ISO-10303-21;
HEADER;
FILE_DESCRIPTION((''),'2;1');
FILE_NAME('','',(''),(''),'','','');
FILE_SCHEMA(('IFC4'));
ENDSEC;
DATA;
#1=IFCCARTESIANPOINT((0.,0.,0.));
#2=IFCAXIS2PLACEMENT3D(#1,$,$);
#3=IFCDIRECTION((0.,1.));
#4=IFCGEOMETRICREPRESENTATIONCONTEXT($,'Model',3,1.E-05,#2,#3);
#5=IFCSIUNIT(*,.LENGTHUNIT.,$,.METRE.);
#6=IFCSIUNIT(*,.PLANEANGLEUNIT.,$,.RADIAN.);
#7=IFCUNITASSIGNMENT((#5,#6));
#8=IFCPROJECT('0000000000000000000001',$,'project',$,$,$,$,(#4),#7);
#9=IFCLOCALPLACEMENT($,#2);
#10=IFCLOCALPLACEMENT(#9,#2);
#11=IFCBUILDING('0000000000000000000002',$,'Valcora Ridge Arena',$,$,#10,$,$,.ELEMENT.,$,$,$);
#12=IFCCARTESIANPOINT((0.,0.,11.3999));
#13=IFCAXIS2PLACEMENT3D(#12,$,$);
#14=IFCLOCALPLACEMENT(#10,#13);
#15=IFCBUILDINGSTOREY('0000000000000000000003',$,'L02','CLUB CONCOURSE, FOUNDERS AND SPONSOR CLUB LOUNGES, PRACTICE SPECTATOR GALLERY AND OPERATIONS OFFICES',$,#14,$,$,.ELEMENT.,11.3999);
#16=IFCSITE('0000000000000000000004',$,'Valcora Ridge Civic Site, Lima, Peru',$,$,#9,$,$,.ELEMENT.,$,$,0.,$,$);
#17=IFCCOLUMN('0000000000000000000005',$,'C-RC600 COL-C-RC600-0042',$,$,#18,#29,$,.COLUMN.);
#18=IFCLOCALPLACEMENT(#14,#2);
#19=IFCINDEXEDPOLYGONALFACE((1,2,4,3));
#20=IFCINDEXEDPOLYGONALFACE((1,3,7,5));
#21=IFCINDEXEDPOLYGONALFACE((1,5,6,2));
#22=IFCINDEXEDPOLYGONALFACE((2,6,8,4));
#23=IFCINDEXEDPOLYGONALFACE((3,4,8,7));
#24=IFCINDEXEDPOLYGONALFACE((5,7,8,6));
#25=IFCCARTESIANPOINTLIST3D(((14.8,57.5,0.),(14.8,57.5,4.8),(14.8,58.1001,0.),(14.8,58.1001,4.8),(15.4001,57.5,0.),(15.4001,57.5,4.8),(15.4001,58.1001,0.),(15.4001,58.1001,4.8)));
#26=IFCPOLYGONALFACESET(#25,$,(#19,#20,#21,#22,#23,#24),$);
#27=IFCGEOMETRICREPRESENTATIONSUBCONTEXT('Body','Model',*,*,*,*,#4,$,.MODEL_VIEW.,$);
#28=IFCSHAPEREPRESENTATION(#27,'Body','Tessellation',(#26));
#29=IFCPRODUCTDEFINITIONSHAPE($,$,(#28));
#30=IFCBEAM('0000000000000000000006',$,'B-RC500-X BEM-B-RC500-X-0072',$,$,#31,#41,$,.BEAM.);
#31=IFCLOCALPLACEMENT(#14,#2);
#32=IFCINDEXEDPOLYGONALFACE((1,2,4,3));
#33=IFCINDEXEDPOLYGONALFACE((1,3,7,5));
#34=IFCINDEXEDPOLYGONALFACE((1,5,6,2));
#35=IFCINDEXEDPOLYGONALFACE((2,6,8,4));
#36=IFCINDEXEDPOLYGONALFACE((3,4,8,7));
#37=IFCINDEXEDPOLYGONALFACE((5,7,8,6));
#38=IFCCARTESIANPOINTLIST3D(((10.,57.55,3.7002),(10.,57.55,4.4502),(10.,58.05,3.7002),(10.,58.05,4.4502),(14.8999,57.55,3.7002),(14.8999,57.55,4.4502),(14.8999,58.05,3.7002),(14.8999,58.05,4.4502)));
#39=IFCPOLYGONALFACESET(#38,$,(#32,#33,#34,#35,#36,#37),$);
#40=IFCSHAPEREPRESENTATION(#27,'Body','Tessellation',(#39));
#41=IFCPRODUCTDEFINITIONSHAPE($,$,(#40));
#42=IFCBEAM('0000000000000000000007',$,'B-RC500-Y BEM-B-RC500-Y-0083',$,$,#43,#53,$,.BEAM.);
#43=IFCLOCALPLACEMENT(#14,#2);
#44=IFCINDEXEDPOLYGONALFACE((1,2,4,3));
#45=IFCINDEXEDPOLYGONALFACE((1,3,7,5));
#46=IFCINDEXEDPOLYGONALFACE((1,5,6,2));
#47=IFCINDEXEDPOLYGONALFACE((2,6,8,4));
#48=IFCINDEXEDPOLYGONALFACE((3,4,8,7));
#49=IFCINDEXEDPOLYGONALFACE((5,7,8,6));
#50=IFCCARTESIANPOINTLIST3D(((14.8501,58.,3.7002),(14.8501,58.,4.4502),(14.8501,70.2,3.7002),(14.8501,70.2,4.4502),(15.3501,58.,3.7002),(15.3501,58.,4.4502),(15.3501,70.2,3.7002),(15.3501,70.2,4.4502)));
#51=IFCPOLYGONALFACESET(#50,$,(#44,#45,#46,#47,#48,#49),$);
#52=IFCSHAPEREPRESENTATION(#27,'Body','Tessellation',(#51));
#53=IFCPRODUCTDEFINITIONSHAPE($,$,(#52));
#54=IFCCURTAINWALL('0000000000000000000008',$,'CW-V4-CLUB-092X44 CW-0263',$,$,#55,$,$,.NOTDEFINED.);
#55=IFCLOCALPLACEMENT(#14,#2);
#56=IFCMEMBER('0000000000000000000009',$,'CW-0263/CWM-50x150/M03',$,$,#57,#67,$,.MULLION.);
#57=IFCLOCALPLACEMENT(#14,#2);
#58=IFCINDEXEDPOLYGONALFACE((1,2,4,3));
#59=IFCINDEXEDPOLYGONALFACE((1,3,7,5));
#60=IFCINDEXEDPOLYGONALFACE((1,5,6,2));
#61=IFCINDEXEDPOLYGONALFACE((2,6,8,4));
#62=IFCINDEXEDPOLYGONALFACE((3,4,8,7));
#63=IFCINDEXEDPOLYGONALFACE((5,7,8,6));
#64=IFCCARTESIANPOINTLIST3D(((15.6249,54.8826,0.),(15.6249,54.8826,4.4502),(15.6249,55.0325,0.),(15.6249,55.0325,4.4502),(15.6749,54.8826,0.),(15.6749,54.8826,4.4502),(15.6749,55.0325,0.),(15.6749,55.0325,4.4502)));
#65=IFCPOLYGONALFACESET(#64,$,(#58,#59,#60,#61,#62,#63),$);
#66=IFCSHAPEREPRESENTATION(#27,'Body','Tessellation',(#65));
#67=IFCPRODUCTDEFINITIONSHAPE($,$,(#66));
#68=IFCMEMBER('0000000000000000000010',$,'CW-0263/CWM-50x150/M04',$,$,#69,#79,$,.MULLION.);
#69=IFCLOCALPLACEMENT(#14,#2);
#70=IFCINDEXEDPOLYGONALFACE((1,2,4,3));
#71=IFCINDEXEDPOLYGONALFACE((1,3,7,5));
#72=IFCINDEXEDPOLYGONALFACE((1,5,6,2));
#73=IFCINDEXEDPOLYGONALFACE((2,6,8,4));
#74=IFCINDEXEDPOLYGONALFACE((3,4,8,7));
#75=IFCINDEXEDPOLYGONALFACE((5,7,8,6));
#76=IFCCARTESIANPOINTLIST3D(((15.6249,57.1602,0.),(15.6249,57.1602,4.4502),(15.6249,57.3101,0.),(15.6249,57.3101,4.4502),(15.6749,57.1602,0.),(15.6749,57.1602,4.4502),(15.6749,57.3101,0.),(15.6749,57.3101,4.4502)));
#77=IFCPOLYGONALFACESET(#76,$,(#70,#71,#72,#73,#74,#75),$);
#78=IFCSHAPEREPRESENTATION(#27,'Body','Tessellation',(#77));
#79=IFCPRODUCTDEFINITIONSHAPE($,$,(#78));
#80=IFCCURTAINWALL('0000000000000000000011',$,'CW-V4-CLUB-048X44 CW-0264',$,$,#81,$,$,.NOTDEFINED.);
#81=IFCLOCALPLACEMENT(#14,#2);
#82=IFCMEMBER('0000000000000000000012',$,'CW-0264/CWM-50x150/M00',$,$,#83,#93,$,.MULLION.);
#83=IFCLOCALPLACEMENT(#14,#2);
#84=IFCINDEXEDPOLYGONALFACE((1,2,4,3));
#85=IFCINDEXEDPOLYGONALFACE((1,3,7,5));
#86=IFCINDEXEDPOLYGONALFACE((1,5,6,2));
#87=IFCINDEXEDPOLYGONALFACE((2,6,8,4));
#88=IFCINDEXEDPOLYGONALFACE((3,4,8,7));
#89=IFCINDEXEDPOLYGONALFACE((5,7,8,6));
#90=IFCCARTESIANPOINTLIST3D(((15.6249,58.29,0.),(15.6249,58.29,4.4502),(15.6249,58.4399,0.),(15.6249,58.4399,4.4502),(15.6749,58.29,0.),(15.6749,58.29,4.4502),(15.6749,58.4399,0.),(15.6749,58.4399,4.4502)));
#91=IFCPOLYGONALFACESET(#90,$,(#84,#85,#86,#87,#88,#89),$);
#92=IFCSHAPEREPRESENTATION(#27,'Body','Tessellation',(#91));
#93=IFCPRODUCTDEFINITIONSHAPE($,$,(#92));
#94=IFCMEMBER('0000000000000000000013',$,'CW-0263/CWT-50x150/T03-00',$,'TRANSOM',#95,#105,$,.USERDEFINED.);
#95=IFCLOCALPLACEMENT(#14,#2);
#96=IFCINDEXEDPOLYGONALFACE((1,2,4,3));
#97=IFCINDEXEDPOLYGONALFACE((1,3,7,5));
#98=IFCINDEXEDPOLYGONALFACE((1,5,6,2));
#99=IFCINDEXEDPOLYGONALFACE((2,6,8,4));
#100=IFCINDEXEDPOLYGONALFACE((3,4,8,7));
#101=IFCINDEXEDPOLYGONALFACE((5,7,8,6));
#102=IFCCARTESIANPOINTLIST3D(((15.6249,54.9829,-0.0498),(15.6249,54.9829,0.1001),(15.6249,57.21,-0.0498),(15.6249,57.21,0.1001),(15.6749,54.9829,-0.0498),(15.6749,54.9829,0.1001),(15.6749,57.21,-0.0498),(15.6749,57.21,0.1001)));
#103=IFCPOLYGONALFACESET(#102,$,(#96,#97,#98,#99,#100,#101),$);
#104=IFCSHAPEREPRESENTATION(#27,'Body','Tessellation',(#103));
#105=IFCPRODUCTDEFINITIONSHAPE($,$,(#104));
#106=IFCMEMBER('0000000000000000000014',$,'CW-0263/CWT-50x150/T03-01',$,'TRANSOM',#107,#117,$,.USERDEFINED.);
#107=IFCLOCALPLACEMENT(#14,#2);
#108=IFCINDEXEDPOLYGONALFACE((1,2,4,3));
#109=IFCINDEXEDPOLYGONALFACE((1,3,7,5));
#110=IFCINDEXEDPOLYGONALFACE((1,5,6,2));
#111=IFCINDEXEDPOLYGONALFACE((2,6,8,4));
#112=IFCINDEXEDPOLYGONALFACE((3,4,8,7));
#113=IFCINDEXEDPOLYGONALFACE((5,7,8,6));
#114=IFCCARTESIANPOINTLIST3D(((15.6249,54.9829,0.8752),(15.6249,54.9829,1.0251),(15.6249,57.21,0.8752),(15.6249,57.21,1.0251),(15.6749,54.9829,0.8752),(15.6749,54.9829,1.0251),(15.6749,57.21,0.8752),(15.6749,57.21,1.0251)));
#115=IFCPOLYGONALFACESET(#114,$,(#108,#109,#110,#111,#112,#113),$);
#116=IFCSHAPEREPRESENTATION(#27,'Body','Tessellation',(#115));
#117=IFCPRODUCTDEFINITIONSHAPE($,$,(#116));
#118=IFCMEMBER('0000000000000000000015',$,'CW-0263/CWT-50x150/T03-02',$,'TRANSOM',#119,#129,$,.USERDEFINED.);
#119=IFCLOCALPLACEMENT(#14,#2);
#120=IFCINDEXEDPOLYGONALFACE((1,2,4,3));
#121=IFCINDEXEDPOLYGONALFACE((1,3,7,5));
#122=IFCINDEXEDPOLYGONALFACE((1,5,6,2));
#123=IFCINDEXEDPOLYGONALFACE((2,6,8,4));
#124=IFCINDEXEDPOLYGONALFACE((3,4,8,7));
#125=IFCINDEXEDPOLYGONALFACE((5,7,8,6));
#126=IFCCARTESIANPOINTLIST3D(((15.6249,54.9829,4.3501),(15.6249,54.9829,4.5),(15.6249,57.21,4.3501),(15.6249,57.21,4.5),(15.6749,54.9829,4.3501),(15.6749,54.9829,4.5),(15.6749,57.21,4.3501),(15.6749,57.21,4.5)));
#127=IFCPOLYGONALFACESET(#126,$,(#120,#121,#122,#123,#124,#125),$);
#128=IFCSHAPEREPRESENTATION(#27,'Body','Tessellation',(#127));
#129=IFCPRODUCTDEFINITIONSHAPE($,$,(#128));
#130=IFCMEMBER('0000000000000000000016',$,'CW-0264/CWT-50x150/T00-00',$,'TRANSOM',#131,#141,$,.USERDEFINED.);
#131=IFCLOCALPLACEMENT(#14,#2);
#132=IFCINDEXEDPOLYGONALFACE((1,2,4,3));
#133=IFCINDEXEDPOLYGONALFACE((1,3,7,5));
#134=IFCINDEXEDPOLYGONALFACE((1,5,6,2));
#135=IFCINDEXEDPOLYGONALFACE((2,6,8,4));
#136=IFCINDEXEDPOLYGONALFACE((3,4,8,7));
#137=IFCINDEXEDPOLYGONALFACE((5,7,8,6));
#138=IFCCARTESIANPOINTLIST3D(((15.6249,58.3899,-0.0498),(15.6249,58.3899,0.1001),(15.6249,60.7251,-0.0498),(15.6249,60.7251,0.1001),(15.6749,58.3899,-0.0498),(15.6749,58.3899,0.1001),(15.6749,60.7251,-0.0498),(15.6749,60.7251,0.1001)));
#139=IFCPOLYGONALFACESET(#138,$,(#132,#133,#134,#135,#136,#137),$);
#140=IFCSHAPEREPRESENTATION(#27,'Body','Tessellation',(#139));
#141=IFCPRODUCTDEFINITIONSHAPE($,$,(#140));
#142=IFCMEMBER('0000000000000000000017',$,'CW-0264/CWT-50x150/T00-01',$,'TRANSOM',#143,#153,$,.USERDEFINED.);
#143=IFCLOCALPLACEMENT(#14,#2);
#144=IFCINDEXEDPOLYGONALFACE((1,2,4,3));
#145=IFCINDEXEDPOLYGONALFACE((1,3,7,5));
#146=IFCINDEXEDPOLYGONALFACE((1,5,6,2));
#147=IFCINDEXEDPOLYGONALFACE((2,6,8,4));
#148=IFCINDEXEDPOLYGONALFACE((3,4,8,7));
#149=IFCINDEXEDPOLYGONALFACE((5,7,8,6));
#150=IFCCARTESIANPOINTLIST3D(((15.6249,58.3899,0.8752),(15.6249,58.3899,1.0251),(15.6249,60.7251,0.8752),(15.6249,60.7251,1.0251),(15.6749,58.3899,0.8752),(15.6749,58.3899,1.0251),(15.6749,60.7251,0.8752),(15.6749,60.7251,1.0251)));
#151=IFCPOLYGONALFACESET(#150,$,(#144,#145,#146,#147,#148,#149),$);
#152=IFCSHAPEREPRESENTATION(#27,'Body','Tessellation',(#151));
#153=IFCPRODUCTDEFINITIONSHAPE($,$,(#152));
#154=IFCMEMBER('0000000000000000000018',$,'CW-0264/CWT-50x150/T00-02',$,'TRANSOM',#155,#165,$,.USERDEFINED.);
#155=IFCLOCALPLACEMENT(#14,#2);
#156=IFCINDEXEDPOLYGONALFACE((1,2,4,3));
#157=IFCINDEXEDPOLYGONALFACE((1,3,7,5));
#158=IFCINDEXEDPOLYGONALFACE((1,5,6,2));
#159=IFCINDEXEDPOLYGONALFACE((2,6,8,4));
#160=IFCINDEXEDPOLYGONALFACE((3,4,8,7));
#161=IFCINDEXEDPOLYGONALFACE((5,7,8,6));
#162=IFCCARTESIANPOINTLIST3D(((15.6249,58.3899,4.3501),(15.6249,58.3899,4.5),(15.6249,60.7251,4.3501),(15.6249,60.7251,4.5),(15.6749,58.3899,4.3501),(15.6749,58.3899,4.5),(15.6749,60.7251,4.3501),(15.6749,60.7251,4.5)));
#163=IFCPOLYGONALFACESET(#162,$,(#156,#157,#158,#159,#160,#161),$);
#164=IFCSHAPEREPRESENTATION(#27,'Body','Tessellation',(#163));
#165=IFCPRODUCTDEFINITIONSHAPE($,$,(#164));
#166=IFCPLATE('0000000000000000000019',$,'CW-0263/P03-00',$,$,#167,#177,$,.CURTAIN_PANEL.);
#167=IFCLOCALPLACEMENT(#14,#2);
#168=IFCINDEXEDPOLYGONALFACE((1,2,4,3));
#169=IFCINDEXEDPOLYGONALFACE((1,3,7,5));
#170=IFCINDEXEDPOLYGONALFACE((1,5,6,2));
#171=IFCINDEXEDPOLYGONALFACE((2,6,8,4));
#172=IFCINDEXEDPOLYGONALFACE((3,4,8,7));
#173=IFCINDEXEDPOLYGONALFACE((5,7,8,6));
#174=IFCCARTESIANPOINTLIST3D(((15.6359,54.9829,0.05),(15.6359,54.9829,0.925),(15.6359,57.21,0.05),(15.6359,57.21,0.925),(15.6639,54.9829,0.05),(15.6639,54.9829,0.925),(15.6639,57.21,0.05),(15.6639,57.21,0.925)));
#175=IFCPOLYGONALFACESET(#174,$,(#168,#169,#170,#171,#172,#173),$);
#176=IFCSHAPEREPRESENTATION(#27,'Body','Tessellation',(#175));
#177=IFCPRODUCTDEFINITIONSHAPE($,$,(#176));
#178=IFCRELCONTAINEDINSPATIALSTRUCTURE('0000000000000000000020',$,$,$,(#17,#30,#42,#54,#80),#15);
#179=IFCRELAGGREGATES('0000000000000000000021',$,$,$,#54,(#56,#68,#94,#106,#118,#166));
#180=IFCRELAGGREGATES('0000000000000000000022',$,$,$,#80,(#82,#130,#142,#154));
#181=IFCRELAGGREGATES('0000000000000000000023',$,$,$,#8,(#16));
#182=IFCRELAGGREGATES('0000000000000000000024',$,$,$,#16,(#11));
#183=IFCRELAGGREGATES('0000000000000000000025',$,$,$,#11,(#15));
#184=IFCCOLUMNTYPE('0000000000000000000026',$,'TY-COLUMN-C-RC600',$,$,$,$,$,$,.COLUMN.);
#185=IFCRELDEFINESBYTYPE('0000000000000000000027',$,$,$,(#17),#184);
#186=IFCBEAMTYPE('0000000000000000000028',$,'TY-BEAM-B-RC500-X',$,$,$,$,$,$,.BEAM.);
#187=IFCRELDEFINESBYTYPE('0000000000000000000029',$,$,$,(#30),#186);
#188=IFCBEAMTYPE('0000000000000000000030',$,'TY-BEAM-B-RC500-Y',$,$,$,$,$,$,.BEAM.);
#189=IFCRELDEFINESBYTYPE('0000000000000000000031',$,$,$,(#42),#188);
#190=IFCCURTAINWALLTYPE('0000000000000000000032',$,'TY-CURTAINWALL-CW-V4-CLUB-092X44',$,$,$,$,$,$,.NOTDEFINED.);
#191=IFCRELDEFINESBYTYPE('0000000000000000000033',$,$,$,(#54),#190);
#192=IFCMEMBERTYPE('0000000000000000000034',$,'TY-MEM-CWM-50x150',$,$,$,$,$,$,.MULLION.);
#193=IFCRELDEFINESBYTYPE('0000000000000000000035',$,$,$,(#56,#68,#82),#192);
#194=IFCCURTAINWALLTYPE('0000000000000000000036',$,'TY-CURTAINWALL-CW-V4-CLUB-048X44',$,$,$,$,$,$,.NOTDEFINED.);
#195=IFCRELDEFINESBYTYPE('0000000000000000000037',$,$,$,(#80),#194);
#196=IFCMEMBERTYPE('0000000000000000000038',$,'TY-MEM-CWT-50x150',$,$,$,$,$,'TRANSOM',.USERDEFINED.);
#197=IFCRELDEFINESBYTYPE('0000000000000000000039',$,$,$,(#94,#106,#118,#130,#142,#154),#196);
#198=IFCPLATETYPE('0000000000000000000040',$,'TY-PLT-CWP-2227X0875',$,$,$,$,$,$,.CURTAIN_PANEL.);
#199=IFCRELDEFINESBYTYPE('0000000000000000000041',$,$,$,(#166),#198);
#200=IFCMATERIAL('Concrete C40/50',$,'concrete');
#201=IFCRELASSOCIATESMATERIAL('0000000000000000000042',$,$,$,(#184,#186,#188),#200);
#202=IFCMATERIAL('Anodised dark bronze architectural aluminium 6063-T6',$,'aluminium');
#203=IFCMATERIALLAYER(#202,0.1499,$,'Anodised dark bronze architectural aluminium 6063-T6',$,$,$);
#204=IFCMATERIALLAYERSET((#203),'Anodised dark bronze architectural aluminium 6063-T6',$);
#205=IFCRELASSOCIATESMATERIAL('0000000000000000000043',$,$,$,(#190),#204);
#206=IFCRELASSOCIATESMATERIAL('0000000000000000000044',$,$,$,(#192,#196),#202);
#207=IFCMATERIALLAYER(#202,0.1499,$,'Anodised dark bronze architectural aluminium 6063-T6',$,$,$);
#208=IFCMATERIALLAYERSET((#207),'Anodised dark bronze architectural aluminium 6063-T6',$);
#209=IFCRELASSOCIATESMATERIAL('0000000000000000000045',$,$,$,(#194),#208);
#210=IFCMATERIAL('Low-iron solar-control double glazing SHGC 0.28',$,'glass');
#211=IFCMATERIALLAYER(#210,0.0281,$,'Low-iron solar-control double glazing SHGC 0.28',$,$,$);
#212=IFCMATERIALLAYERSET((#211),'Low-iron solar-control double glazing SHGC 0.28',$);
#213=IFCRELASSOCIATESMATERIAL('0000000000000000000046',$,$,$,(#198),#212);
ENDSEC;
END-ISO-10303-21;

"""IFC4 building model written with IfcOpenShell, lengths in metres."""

from ifc_helpers import new_model, si_unit, direction, frame, origin, origin_2d, place, context, subcontext, project, spatial, rectangle, extrude, material, layer, layer_set, material_profile, profile_set, type_object, element, aggregate, save


model = new_model("IFC4")

# Units and contexts
model_context = context("Model", 3, precision=1e-05, world=origin(), true_north=direction((0.0, 1.0)))
body_context = subcontext(model_context, "Body", "Model", "MODEL_VIEW")
ifc_project = project(units=[si_unit("LENGTHUNIT", "METRE"), si_unit("PLANEANGLEUNIT", "RADIAN")], contexts=[model_context])

# Site, building, storey
site_placement = place(None, origin())
site = spatial("IfcSite", under=ifc_project, at=site_placement, Name="Valcora Ridge Civic Site, Lima, Peru", CompositionType="ELEMENT", RefElevation=0.0)
building_placement = place(site_placement, origin())
building = spatial("IfcBuilding", under=site, at=building_placement, Name="Valcora Ridge Arena", CompositionType="ELEMENT")
storey_placement = place(building_placement, frame((0.0, 0.0, 11.3999)))
storey = spatial("IfcBuildingStorey", under=building, at=storey_placement, Name="L02", Description="CLUB CONCOURSE, FOUNDERS AND SPONSOR CLUB LOUNGES, PRACTICE SPECTATOR GALLERY AND OPERATIONS OFFICES", CompositionType="ELEMENT", Elevation=11.3999)

# Column
ifc_material_1 = material(Name="Concrete C40/50", Category="concrete")
ifc_material_profile_1 = material_profile(ifc_material_1, rectangle(XDim=0.6001, YDim=0.6001, at=origin_2d()), Name="RC 600x600")
ifc_profile_set_1 = profile_set([ifc_material_profile_1], Name="Concrete C40/50")
column_type = type_object("IfcColumnType", Name="TY-COLUMN-C-RC600", PredefinedType="COLUMN", material=ifc_profile_set_1)
column_placement = place(storey_placement, frame((15.1001, 57.8, 0.0), z_axis=(0.0, 0.0, 1.0), x_axis=(1.0, 0.0, 0.0)))
element("IfcColumn", 1, at=column_placement, inside=storey, type_object=column_type, Name="C-RC600 COL-C-RC600-0042", PredefinedType="COLUMN", context=body_context, shape_type="SweptSolid", body=[
    extrude(rectangle(XDim=0.6001, YDim=0.6001, at=origin_2d()), origin(), (0.0, 0.0, 1.0), 4.8),
])

# Beams
ifc_material_profile_2 = material_profile(ifc_material_1, rectangle(XDim=0.5, YDim=0.75, at=origin_2d()), Name="RC 500x750")
ifc_profile_set_2 = profile_set([ifc_material_profile_2], Name="Concrete C40/50")
beam_type_1 = type_object("IfcBeamType", Name="TY-BEAM-B-RC500-X", PredefinedType="BEAM", material=ifc_profile_set_2)
beam_1_placement = place(storey_placement, frame((10.0, 57.8, 4.0752), z_axis=(1.0, 0.0, 0.0), x_axis=(0.0, 1.0, 0.0)))
element("IfcBeam", 2, at=beam_1_placement, inside=storey, type_object=beam_type_1, Name="B-RC500-X BEM-B-RC500-X-0072", PredefinedType="BEAM", context=body_context, shape_type="SweptSolid", body=[
    extrude(rectangle(XDim=0.5, YDim=0.75, at=origin_2d()), origin(), (0.0, 0.0, 1.0), 4.8999),
])
ifc_material_profile_3 = material_profile(ifc_material_1, rectangle(XDim=0.5, YDim=0.75, at=origin_2d()), Name="RC 500x750")
ifc_profile_set_3 = profile_set([ifc_material_profile_3], Name="Concrete C40/50")
beam_type_2 = type_object("IfcBeamType", Name="TY-BEAM-B-RC500-Y", PredefinedType="BEAM", material=ifc_profile_set_3)
beam_2_placement = place(storey_placement, frame((15.1001, 58.0, 4.0752), z_axis=(0.0, 1.0, 0.0), x_axis=(-1.0, 0.0, 0.0)))
element("IfcBeam", 3, at=beam_2_placement, inside=storey, type_object=beam_type_2, Name="B-RC500-Y BEM-B-RC500-Y-0083", PredefinedType="BEAM", context=body_context, shape_type="SweptSolid", body=[
    extrude(rectangle(XDim=0.5, YDim=0.75, at=origin_2d()), origin(), (0.0, 0.0, 1.0), 12.2),
])

# Curtain wall, members
ifc_material_2 = material(Name="Anodised dark bronze architectural aluminium 6063-T6", Category="aluminium")
ifc_layer_1 = layer(ifc_material_2, 0.1499, Name="Anodised dark bronze architectural aluminium 6063-T6")
ifc_layer_set_1 = layer_set([ifc_layer_1], Name="Anodised dark bronze architectural aluminium 6063-T6")
curtain_wall_type_1 = type_object("IfcCurtainWallType", Name="TY-CURTAINWALL-CW-V4-CLUB-092X44", PredefinedType="NOTDEFINED", material=ifc_layer_set_1)
curtain_wall_1_placement = place(storey_placement, origin())
curtain_wall_1 = element("IfcCurtainWall", 4, at=curtain_wall_1_placement, inside=storey, type_object=curtain_wall_type_1, Name="CW-V4-CLUB-092X44 CW-0263", PredefinedType="NOTDEFINED")
ifc_material_profile_4 = material_profile(ifc_material_2, rectangle(XDim=0.05, YDim=0.1499, at=origin_2d()), Name="ALU MULLION 50x150")
ifc_profile_set_4 = profile_set([ifc_material_profile_4], Name="Anodised dark bronze architectural aluminium 6063-T6")
member_type_1 = type_object("IfcMemberType", Name="TY-MEM-CWM-50x150", PredefinedType="MULLION", material=ifc_profile_set_4)
member_1_placement = place(storey_placement, frame((15.6499, 54.9575, 0.0), z_axis=(0.0, 0.0, 1.0), x_axis=(-1.0, 0.0, 0.0)))
member_1 = element("IfcMember", 5, at=member_1_placement, type_object=member_type_1, Name="CW-0263/CWM-50x150/M03", PredefinedType="MULLION", context=body_context, shape_type="SweptSolid", body=[
    extrude(rectangle(XDim=0.05, YDim=0.1499, at=origin_2d()), origin(), (0.0, 0.0, 1.0), 4.4502),
])
member_2_placement = place(storey_placement, frame((15.6499, 57.2351, 0.0), z_axis=(0.0, 0.0, 1.0), x_axis=(-1.0, 0.0, 0.0)))
member_2 = element("IfcMember", 6, at=member_2_placement, type_object=member_type_1, Name="CW-0263/CWM-50x150/M04", PredefinedType="MULLION", context=body_context, shape_type="SweptSolid", body=[
    extrude(rectangle(XDim=0.05, YDim=0.1499, at=origin_2d()), origin(), (0.0, 0.0, 1.0), 4.4502),
])

# Curtain wall, member
ifc_layer_2 = layer(ifc_material_2, 0.1499, Name="Anodised dark bronze architectural aluminium 6063-T6")
ifc_layer_set_2 = layer_set([ifc_layer_2], Name="Anodised dark bronze architectural aluminium 6063-T6")
curtain_wall_type_2 = type_object("IfcCurtainWallType", Name="TY-CURTAINWALL-CW-V4-CLUB-048X44", PredefinedType="NOTDEFINED", material=ifc_layer_set_2)
curtain_wall_2_placement = place(storey_placement, origin())
curtain_wall_2 = element("IfcCurtainWall", 7, at=curtain_wall_2_placement, inside=storey, type_object=curtain_wall_type_2, Name="CW-V4-CLUB-048X44 CW-0264", PredefinedType="NOTDEFINED")
member_3_placement = place(storey_placement, frame((15.6499, 58.365, 0.0), z_axis=(0.0, 0.0, 1.0), x_axis=(-1.0, 0.0, 0.0)))
member_3 = element("IfcMember", 8, at=member_3_placement, type_object=member_type_1, Name="CW-0264/CWM-50x150/M00", PredefinedType="MULLION", context=body_context, shape_type="SweptSolid", body=[
    extrude(rectangle(XDim=0.05, YDim=0.1499, at=origin_2d()), origin(), (0.0, 0.0, 1.0), 4.4502),
])

# Members
ifc_material_profile_5 = material_profile(ifc_material_2, rectangle(XDim=0.05, YDim=0.1499, at=origin_2d()), Name="ALU TRANSOM 50x150")
ifc_profile_set_5 = profile_set([ifc_material_profile_5], Name="Anodised dark bronze architectural aluminium 6063-T6")
member_type_2 = type_object("IfcMemberType", Name="TY-MEM-CWT-50x150", ElementType="TRANSOM", PredefinedType="USERDEFINED", material=ifc_profile_set_5)
member_4_placement = place(storey_placement, frame((15.6499, 54.9829, 0.0251), z_axis=(0.0, 1.0, 0.0), x_axis=(-1.0, 0.0, 0.0)))
member_4 = element("IfcMember", 9, at=member_4_placement, type_object=member_type_2, Name="CW-0263/CWT-50x150/T03-00", ObjectType="TRANSOM", PredefinedType="USERDEFINED", context=body_context, shape_type="SweptSolid", body=[
    extrude(rectangle(XDim=0.05, YDim=0.1499, at=origin_2d()), origin(), (0.0, 0.0, 1.0), 2.2271),
])
member_5_placement = place(storey_placement, frame((15.6499, 54.9829, 0.9502), z_axis=(0.0, 1.0, 0.0), x_axis=(-1.0, 0.0, 0.0)))
member_5 = element("IfcMember", 10, at=member_5_placement, type_object=member_type_2, Name="CW-0263/CWT-50x150/T03-01", ObjectType="TRANSOM", PredefinedType="USERDEFINED", context=body_context, shape_type="SweptSolid", body=[
    extrude(rectangle(XDim=0.05, YDim=0.1499, at=origin_2d()), origin(), (0.0, 0.0, 1.0), 2.2271),
])
member_6_placement = place(storey_placement, frame((15.6499, 54.9829, 4.425), z_axis=(0.0, 1.0, 0.0), x_axis=(-1.0, 0.0, 0.0)))
member_6 = element("IfcMember", 11, at=member_6_placement, type_object=member_type_2, Name="CW-0263/CWT-50x150/T03-02", ObjectType="TRANSOM", PredefinedType="USERDEFINED", context=body_context, shape_type="SweptSolid", body=[
    extrude(rectangle(XDim=0.05, YDim=0.1499, at=origin_2d()), origin(), (0.0, 0.0, 1.0), 2.2271),
])
member_7_placement = place(storey_placement, frame((15.6499, 58.3899, 0.0251), z_axis=(0.0, 1.0, 0.0), x_axis=(-1.0, 0.0, 0.0)))
member_7 = element("IfcMember", 12, at=member_7_placement, type_object=member_type_2, Name="CW-0264/CWT-50x150/T00-00", ObjectType="TRANSOM", PredefinedType="USERDEFINED", context=body_context, shape_type="SweptSolid", body=[
    extrude(rectangle(XDim=0.05, YDim=0.1499, at=origin_2d()), origin(), (0.0, 0.0, 1.0), 2.3352),
])
member_8_placement = place(storey_placement, frame((15.6499, 58.3899, 0.9502), z_axis=(0.0, 1.0, 0.0), x_axis=(-1.0, 0.0, 0.0)))
member_8 = element("IfcMember", 13, at=member_8_placement, type_object=member_type_2, Name="CW-0264/CWT-50x150/T00-01", ObjectType="TRANSOM", PredefinedType="USERDEFINED", context=body_context, shape_type="SweptSolid", body=[
    extrude(rectangle(XDim=0.05, YDim=0.1499, at=origin_2d()), origin(), (0.0, 0.0, 1.0), 2.3352),
])
member_9_placement = place(storey_placement, frame((15.6499, 58.3899, 4.425), z_axis=(0.0, 1.0, 0.0), x_axis=(-1.0, 0.0, 0.0)))
member_9 = element("IfcMember", 14, at=member_9_placement, type_object=member_type_2, Name="CW-0264/CWT-50x150/T00-02", ObjectType="TRANSOM", PredefinedType="USERDEFINED", context=body_context, shape_type="SweptSolid", body=[
    extrude(rectangle(XDim=0.05, YDim=0.1499, at=origin_2d()), origin(), (0.0, 0.0, 1.0), 2.3352),
])

# Plate
ifc_material_3 = material(Name="Low-iron solar-control double glazing SHGC 0.28", Category="glass")
ifc_layer_3 = layer(ifc_material_3, 0.0281, Name="Low-iron solar-control double glazing SHGC 0.28")
ifc_layer_set_3 = layer_set([ifc_layer_3], Name="Low-iron solar-control double glazing SHGC 0.28")
plate_type_1 = type_object("IfcPlateType", Name="TY-PLT-CWP-2227X0875", PredefinedType="CURTAIN_PANEL", material=ifc_layer_set_3)
plate_1_placement = place(storey_placement, frame((15.6499, 56.0964, 0.05), z_axis=(0.0, 0.0, 1.0), x_axis=(0.0, 1.0, 0.0)))
plate_1 = element("IfcPlate", 15, at=plate_1_placement, type_object=plate_type_1, Name="CW-0263/P03-00", PredefinedType="CURTAIN_PANEL", context=body_context, shape_type="SweptSolid", body=[
    extrude(rectangle(XDim=2.2271, YDim=0.0281, at=origin_2d()), origin(), (0.0, 0.0, 1.0), 0.875),
])
aggregate(curtain_wall_1, [member_1, member_2, member_4, member_5, member_6, plate_1])
aggregate(curtain_wall_2, [member_3, member_7, member_8, member_9])

save(model, "model.ifc")
